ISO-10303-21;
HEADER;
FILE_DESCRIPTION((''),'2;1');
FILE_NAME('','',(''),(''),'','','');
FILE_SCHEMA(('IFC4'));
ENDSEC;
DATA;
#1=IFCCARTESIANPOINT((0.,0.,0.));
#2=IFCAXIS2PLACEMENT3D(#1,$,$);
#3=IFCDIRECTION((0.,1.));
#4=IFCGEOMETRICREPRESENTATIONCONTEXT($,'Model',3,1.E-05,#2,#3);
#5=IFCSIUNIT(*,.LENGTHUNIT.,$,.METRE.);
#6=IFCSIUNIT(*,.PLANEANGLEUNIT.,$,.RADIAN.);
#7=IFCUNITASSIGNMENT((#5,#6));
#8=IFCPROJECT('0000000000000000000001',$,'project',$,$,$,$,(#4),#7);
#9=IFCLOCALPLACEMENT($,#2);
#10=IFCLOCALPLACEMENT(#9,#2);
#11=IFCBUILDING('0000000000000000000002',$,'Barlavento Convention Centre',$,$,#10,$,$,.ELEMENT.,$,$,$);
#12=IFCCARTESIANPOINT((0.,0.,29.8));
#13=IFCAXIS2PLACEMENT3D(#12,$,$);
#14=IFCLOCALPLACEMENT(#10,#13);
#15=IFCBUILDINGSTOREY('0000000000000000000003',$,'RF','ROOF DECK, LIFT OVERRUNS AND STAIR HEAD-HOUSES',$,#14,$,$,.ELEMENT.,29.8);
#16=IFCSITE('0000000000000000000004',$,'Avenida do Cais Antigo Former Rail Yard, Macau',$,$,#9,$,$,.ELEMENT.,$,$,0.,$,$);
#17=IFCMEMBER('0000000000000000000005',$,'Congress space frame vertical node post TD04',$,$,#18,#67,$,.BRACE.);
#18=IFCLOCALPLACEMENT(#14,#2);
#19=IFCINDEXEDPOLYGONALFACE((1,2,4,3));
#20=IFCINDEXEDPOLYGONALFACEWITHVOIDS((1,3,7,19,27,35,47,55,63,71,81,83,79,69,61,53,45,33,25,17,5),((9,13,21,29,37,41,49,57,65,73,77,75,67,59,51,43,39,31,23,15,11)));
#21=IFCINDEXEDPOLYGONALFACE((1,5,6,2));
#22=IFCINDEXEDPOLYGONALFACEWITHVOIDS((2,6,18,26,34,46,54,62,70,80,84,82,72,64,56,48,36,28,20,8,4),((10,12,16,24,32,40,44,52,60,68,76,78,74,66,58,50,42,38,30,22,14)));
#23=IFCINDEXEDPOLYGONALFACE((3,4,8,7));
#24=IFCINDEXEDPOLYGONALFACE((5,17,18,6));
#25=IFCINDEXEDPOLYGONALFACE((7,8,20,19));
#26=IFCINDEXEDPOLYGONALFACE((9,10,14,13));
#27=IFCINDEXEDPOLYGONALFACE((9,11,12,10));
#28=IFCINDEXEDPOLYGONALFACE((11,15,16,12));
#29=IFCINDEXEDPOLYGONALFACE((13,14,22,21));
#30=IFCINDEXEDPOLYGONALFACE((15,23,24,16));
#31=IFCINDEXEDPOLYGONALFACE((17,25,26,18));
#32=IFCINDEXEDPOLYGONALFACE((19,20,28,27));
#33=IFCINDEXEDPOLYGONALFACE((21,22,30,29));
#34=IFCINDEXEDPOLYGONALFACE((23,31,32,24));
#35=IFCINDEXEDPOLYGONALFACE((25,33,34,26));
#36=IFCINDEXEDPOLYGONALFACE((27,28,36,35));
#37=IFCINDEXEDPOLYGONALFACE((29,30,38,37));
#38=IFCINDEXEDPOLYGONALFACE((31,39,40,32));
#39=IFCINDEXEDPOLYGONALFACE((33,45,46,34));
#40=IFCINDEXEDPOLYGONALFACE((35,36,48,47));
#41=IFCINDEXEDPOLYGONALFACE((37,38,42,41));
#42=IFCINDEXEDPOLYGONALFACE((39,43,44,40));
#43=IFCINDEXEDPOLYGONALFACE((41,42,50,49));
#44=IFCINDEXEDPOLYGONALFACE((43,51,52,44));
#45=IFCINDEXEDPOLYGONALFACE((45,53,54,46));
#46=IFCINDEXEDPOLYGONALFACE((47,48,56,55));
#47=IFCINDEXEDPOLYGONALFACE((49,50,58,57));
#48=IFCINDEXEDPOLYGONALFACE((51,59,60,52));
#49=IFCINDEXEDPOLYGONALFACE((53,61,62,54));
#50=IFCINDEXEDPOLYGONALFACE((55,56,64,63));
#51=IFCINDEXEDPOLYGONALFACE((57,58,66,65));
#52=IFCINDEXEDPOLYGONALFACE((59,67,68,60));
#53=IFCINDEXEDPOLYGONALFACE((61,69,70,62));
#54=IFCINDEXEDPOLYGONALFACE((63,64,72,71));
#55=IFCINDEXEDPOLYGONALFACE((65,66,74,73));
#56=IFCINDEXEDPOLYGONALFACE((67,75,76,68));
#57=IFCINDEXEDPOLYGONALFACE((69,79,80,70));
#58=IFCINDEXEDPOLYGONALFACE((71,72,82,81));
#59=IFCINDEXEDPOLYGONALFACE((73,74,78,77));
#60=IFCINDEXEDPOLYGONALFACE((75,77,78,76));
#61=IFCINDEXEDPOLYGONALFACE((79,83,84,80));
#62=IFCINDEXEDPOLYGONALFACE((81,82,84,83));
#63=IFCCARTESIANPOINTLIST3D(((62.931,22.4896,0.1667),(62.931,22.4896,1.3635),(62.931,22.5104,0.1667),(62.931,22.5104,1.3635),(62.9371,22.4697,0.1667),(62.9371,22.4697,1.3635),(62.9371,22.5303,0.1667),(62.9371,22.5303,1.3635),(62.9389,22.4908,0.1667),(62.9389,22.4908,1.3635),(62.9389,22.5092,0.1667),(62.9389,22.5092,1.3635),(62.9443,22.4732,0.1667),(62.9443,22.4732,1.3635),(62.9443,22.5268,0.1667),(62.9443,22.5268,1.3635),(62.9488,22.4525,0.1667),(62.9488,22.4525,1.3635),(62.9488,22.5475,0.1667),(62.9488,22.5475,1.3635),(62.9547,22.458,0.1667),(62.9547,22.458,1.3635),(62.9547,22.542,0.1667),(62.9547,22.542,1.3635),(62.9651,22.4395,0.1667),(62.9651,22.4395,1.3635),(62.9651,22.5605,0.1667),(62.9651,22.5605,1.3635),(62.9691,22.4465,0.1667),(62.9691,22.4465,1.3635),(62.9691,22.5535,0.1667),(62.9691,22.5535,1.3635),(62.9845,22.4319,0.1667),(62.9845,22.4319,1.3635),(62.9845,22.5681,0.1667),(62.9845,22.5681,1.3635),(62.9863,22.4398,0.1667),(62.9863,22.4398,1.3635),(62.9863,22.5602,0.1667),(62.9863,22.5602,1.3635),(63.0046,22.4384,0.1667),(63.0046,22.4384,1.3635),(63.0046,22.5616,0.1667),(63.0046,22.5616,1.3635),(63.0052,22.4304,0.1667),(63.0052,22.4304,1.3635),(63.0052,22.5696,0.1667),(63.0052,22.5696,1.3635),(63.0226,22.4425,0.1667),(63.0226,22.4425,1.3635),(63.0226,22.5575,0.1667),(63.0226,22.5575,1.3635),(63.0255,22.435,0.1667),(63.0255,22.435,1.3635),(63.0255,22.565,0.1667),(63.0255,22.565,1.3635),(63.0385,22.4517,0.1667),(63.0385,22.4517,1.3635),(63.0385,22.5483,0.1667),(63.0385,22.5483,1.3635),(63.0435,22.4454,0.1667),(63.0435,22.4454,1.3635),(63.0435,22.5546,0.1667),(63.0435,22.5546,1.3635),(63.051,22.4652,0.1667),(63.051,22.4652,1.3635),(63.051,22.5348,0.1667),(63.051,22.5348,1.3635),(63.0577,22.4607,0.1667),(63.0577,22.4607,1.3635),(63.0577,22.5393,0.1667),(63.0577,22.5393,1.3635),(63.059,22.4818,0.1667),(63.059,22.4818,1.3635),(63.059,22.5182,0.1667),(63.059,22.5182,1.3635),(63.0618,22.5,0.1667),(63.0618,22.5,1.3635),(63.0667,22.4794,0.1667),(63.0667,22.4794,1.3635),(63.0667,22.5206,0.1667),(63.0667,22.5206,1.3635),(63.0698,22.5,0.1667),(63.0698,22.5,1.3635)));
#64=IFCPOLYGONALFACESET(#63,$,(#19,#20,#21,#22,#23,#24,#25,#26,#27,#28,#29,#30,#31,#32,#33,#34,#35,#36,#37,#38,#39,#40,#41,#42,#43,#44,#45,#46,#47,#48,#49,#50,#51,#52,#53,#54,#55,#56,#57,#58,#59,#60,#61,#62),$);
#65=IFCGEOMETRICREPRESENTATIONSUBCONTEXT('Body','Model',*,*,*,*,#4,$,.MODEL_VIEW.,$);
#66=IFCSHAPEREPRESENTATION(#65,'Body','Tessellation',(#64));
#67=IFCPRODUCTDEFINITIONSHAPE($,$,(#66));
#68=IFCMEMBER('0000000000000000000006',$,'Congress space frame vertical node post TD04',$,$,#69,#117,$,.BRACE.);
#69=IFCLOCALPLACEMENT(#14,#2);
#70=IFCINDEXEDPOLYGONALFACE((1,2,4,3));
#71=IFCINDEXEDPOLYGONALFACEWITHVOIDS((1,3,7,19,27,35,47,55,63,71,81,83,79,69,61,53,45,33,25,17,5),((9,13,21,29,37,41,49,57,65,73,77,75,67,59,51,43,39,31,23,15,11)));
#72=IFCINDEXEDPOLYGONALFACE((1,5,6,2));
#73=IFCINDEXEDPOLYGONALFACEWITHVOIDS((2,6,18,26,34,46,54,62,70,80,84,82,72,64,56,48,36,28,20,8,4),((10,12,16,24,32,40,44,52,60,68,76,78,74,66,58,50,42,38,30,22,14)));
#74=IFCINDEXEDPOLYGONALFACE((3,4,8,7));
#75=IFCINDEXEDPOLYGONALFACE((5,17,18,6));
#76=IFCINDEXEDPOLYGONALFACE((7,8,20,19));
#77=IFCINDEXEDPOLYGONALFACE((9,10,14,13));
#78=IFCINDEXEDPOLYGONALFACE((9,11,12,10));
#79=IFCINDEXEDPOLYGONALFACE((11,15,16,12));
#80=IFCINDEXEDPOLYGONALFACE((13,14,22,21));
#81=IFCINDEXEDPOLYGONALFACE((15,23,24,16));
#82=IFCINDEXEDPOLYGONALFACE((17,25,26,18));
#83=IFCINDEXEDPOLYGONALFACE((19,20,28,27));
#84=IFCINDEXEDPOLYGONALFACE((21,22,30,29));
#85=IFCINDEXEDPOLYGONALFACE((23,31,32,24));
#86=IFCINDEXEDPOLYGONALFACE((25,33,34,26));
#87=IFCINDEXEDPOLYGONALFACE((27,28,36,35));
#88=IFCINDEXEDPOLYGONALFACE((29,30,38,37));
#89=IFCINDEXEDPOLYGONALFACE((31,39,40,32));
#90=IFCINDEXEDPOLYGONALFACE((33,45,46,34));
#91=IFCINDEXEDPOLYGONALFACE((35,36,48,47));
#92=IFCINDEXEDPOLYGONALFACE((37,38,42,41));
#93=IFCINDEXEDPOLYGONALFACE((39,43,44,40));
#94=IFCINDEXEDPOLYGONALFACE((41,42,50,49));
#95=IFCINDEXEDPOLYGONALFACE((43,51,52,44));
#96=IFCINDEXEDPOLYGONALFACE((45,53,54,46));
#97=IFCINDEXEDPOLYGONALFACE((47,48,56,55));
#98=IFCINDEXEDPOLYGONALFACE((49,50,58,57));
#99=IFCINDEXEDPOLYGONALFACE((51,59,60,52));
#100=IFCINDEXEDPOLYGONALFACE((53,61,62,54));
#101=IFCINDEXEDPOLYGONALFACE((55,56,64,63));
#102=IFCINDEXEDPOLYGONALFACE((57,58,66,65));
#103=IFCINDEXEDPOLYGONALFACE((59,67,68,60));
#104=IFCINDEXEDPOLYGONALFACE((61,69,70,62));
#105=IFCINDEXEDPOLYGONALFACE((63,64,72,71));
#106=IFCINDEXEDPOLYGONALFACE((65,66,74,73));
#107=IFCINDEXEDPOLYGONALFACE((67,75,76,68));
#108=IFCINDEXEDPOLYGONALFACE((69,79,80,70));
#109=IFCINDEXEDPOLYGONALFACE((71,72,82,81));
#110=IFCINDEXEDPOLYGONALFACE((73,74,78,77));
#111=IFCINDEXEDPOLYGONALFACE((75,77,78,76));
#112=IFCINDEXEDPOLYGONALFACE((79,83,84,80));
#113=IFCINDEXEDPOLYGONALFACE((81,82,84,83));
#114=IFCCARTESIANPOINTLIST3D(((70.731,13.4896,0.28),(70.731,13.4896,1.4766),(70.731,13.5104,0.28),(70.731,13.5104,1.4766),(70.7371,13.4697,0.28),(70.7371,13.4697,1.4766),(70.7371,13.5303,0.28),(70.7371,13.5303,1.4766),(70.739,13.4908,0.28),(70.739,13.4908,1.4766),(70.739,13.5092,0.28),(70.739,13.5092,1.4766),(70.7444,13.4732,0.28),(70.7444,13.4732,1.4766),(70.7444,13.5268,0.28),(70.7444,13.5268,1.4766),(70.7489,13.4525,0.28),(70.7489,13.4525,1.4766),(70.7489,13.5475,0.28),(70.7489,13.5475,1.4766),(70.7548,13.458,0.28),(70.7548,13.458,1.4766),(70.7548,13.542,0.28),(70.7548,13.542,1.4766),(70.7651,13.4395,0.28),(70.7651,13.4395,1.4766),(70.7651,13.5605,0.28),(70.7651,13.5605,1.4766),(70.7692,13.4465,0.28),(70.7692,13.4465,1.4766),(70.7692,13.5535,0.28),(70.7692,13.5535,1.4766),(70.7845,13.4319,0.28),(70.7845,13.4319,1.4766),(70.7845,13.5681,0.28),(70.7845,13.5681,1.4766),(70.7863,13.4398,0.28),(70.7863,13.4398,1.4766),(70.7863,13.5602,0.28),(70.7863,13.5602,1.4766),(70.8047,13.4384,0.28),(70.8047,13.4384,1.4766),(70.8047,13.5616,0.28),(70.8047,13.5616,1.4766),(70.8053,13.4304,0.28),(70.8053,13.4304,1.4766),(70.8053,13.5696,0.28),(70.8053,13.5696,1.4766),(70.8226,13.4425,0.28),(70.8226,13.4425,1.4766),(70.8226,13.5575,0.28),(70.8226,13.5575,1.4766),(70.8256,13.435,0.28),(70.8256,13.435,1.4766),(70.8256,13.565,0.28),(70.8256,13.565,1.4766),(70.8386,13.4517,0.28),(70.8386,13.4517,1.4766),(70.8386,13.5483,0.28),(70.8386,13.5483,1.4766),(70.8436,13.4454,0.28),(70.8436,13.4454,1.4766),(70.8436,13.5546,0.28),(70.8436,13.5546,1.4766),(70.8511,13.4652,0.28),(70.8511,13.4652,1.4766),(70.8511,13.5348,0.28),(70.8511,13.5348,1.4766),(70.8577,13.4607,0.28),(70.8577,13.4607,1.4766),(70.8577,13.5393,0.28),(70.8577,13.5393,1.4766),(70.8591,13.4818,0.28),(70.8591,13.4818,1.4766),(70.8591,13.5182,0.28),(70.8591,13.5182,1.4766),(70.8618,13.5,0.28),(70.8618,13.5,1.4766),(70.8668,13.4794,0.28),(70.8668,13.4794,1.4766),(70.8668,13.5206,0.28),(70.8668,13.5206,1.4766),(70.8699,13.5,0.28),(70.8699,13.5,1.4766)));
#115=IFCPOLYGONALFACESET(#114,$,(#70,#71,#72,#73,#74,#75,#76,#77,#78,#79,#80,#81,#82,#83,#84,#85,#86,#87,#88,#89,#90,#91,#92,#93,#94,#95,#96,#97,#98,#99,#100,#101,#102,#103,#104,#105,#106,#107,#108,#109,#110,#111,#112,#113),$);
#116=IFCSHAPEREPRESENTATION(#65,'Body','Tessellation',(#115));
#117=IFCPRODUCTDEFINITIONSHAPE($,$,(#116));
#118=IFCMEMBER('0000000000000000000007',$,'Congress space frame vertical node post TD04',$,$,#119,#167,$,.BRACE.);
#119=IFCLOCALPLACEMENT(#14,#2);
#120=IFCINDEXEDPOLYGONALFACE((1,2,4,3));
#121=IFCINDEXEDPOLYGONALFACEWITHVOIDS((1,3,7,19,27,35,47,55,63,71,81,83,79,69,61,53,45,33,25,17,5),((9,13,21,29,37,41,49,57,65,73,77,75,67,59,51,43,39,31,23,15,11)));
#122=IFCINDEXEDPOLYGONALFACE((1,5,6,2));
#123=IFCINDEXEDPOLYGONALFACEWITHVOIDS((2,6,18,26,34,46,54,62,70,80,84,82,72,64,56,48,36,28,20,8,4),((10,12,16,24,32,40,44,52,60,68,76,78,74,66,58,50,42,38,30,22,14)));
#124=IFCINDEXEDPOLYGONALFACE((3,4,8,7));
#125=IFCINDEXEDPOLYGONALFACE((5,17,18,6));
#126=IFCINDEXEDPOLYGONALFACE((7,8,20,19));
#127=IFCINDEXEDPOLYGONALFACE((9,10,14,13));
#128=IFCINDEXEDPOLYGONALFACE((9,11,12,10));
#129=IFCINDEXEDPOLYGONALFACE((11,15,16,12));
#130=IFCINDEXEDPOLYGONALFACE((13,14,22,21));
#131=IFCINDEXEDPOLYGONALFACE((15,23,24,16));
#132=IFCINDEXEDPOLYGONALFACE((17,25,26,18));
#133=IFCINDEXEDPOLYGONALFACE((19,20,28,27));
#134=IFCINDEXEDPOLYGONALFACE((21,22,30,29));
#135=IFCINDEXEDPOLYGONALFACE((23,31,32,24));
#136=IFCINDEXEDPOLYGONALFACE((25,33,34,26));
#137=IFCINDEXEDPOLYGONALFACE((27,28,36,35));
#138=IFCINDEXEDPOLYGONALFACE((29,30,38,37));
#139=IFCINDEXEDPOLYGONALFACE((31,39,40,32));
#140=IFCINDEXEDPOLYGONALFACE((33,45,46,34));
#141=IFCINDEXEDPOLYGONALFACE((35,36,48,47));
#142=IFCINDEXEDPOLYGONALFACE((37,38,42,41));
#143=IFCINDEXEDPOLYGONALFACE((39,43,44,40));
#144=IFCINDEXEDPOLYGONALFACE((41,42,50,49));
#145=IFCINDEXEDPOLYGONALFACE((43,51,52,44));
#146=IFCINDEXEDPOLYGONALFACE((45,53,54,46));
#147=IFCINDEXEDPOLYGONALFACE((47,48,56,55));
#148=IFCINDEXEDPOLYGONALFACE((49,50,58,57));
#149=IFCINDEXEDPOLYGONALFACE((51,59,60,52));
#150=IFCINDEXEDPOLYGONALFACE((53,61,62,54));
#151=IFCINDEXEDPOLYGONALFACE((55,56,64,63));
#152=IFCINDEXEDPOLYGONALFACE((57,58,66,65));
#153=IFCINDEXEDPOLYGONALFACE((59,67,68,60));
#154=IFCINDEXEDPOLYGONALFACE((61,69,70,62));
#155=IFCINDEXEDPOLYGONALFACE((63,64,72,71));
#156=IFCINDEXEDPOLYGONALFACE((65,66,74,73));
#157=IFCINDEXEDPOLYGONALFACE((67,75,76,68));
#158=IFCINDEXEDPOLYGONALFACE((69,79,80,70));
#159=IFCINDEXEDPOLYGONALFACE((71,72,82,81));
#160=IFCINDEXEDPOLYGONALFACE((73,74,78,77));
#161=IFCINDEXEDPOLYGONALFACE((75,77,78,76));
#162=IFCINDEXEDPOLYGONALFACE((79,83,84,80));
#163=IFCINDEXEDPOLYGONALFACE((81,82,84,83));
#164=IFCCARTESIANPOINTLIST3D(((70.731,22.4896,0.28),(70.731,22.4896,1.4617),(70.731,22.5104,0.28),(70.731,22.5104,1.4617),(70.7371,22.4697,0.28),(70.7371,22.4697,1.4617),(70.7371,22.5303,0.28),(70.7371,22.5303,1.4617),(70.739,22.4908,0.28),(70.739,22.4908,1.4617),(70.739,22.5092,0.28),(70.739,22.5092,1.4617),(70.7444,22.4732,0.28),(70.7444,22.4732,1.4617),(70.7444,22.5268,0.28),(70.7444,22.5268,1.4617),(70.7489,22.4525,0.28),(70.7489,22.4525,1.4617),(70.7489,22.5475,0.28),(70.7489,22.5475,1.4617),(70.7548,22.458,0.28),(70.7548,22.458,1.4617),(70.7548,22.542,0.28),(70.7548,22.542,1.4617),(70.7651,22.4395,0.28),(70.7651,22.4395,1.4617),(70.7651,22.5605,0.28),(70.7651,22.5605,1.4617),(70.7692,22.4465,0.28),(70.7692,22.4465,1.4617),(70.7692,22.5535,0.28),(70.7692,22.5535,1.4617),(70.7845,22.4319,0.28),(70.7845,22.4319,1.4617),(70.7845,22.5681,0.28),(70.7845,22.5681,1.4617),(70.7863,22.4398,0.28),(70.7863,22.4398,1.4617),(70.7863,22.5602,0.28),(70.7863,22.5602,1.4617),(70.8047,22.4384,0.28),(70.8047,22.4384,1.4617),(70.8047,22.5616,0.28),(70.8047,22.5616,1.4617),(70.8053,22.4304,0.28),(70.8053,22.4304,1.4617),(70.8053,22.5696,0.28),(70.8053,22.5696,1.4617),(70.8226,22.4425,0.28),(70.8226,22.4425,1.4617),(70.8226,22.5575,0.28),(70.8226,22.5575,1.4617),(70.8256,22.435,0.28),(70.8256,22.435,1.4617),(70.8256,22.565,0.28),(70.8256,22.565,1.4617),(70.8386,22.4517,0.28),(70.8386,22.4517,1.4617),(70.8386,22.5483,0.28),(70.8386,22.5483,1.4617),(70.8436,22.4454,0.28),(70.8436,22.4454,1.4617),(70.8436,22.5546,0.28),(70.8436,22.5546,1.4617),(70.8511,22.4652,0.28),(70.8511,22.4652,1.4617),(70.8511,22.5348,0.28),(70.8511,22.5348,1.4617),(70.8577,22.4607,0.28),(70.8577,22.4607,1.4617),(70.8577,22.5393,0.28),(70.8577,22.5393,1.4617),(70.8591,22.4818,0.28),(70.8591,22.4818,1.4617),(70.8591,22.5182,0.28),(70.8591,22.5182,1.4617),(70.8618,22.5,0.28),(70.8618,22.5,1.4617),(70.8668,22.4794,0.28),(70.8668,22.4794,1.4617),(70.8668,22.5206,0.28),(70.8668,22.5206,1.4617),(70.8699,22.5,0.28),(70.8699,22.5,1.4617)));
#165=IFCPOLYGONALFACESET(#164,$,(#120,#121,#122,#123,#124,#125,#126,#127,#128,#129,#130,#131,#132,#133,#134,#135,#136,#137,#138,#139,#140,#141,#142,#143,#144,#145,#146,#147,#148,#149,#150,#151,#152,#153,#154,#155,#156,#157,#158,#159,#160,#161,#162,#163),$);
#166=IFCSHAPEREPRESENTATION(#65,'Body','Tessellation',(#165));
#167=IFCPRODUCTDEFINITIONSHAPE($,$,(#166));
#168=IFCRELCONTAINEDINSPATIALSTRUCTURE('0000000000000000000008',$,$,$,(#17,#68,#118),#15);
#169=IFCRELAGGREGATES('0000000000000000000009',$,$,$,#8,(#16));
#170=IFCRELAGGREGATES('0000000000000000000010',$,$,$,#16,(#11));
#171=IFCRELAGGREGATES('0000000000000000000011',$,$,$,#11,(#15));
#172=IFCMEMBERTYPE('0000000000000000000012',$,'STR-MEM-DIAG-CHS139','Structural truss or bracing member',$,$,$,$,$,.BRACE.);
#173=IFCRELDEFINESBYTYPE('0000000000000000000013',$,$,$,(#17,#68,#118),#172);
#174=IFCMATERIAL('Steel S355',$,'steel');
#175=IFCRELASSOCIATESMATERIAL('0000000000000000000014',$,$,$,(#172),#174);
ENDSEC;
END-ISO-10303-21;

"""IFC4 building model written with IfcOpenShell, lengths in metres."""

from ifc_helpers import new_model, si_unit, direction, frame, origin, origin_2d, place, context, subcontext, project, spatial, hollow_circle, extrude, material, material_profile, profile_set, type_object, element, save


model = new_model("IFC4")

# Units and contexts
model_context = context("Model", 3, precision=1e-05, world=origin(), true_north=direction((0.0, 1.0)))
body_context = subcontext(model_context, "Body", "Model", "MODEL_VIEW")
ifc_project = project(units=[si_unit("LENGTHUNIT", "METRE"), si_unit("PLANEANGLEUNIT", "RADIAN")], contexts=[model_context])

# Site, building, storey
site_placement = place(None, origin())
site = spatial("IfcSite", under=ifc_project, at=site_placement, Name="Avenida do Cais Antigo Former Rail Yard, Macau", CompositionType="ELEMENT", RefElevation=0.0)
building_placement = place(site_placement, origin())
building = spatial("IfcBuilding", under=site, at=building_placement, Name="Barlavento Convention Centre", CompositionType="ELEMENT")
storey_placement = place(building_placement, frame((0.0, 0.0, 29.8)))
storey = spatial("IfcBuildingStorey", under=building, at=storey_placement, Name="RF", Description="ROOF DECK, LIFT OVERRUNS AND STAIR HEAD-HOUSES", CompositionType="ELEMENT", Elevation=29.8)

# Shared definitions
ifc_material_1 = material(Name="Steel S355", Category="steel")

# Members
ifc_material_profile_1 = material_profile(ifc_material_1, hollow_circle(Radius=0.0698, WallThickness=0.0081, at=origin_2d()), Name="CHS 139.7x8.0")
ifc_profile_set_1 = profile_set([ifc_material_profile_1], Name="Steel S355")
member_type_1 = type_object("IfcMemberType", Name="STR-MEM-DIAG-CHS139", Description="Structural truss or bracing member", PredefinedType="BRACE", material=ifc_profile_set_1)
member_1_placement = place(storey_placement, frame((63.0, 22.5, 0.1667), z_axis=(0.0, 0.0, 1.0), x_axis=(1.0, 0.0, 0.0)))
element("IfcMember", 1, at=member_1_placement, inside=storey, type_object=member_type_1, Name="Congress space frame vertical node post TD04", PredefinedType="BRACE", context=body_context, shape_type="SweptSolid", body=[
    extrude(hollow_circle(Radius=0.0698, WallThickness=0.0081, at=origin_2d()), origin(), (0.0, 0.0, 1.0), 1.1968),
])
member_2_placement = place(storey_placement, frame((70.8, 13.5, 0.28), z_axis=(0.0, 0.0, 1.0), x_axis=(1.0, 0.0, 0.0)))
element("IfcMember", 2, at=member_2_placement, inside=storey, type_object=member_type_1, Name="Congress space frame vertical node post TD04", PredefinedType="BRACE", context=body_context, shape_type="SweptSolid", body=[
    extrude(hollow_circle(Radius=0.0698, WallThickness=0.0081, at=origin_2d()), origin(), (0.0, 0.0, 1.0), 1.1965),
])
member_3_placement = place(storey_placement, frame((70.8, 22.5, 0.28), z_axis=(0.0, 0.0, 1.0), x_axis=(1.0, 0.0, 0.0)))
element("IfcMember", 3, at=member_3_placement, inside=storey, type_object=member_type_1, Name="Congress space frame vertical node post TD04", PredefinedType="BRACE", context=body_context, shape_type="SweptSolid", body=[
    extrude(hollow_circle(Radius=0.0698, WallThickness=0.0081, at=origin_2d()), origin(), (0.0, 0.0, 1.0), 1.1816),
])

save(model, "model.ifc")
